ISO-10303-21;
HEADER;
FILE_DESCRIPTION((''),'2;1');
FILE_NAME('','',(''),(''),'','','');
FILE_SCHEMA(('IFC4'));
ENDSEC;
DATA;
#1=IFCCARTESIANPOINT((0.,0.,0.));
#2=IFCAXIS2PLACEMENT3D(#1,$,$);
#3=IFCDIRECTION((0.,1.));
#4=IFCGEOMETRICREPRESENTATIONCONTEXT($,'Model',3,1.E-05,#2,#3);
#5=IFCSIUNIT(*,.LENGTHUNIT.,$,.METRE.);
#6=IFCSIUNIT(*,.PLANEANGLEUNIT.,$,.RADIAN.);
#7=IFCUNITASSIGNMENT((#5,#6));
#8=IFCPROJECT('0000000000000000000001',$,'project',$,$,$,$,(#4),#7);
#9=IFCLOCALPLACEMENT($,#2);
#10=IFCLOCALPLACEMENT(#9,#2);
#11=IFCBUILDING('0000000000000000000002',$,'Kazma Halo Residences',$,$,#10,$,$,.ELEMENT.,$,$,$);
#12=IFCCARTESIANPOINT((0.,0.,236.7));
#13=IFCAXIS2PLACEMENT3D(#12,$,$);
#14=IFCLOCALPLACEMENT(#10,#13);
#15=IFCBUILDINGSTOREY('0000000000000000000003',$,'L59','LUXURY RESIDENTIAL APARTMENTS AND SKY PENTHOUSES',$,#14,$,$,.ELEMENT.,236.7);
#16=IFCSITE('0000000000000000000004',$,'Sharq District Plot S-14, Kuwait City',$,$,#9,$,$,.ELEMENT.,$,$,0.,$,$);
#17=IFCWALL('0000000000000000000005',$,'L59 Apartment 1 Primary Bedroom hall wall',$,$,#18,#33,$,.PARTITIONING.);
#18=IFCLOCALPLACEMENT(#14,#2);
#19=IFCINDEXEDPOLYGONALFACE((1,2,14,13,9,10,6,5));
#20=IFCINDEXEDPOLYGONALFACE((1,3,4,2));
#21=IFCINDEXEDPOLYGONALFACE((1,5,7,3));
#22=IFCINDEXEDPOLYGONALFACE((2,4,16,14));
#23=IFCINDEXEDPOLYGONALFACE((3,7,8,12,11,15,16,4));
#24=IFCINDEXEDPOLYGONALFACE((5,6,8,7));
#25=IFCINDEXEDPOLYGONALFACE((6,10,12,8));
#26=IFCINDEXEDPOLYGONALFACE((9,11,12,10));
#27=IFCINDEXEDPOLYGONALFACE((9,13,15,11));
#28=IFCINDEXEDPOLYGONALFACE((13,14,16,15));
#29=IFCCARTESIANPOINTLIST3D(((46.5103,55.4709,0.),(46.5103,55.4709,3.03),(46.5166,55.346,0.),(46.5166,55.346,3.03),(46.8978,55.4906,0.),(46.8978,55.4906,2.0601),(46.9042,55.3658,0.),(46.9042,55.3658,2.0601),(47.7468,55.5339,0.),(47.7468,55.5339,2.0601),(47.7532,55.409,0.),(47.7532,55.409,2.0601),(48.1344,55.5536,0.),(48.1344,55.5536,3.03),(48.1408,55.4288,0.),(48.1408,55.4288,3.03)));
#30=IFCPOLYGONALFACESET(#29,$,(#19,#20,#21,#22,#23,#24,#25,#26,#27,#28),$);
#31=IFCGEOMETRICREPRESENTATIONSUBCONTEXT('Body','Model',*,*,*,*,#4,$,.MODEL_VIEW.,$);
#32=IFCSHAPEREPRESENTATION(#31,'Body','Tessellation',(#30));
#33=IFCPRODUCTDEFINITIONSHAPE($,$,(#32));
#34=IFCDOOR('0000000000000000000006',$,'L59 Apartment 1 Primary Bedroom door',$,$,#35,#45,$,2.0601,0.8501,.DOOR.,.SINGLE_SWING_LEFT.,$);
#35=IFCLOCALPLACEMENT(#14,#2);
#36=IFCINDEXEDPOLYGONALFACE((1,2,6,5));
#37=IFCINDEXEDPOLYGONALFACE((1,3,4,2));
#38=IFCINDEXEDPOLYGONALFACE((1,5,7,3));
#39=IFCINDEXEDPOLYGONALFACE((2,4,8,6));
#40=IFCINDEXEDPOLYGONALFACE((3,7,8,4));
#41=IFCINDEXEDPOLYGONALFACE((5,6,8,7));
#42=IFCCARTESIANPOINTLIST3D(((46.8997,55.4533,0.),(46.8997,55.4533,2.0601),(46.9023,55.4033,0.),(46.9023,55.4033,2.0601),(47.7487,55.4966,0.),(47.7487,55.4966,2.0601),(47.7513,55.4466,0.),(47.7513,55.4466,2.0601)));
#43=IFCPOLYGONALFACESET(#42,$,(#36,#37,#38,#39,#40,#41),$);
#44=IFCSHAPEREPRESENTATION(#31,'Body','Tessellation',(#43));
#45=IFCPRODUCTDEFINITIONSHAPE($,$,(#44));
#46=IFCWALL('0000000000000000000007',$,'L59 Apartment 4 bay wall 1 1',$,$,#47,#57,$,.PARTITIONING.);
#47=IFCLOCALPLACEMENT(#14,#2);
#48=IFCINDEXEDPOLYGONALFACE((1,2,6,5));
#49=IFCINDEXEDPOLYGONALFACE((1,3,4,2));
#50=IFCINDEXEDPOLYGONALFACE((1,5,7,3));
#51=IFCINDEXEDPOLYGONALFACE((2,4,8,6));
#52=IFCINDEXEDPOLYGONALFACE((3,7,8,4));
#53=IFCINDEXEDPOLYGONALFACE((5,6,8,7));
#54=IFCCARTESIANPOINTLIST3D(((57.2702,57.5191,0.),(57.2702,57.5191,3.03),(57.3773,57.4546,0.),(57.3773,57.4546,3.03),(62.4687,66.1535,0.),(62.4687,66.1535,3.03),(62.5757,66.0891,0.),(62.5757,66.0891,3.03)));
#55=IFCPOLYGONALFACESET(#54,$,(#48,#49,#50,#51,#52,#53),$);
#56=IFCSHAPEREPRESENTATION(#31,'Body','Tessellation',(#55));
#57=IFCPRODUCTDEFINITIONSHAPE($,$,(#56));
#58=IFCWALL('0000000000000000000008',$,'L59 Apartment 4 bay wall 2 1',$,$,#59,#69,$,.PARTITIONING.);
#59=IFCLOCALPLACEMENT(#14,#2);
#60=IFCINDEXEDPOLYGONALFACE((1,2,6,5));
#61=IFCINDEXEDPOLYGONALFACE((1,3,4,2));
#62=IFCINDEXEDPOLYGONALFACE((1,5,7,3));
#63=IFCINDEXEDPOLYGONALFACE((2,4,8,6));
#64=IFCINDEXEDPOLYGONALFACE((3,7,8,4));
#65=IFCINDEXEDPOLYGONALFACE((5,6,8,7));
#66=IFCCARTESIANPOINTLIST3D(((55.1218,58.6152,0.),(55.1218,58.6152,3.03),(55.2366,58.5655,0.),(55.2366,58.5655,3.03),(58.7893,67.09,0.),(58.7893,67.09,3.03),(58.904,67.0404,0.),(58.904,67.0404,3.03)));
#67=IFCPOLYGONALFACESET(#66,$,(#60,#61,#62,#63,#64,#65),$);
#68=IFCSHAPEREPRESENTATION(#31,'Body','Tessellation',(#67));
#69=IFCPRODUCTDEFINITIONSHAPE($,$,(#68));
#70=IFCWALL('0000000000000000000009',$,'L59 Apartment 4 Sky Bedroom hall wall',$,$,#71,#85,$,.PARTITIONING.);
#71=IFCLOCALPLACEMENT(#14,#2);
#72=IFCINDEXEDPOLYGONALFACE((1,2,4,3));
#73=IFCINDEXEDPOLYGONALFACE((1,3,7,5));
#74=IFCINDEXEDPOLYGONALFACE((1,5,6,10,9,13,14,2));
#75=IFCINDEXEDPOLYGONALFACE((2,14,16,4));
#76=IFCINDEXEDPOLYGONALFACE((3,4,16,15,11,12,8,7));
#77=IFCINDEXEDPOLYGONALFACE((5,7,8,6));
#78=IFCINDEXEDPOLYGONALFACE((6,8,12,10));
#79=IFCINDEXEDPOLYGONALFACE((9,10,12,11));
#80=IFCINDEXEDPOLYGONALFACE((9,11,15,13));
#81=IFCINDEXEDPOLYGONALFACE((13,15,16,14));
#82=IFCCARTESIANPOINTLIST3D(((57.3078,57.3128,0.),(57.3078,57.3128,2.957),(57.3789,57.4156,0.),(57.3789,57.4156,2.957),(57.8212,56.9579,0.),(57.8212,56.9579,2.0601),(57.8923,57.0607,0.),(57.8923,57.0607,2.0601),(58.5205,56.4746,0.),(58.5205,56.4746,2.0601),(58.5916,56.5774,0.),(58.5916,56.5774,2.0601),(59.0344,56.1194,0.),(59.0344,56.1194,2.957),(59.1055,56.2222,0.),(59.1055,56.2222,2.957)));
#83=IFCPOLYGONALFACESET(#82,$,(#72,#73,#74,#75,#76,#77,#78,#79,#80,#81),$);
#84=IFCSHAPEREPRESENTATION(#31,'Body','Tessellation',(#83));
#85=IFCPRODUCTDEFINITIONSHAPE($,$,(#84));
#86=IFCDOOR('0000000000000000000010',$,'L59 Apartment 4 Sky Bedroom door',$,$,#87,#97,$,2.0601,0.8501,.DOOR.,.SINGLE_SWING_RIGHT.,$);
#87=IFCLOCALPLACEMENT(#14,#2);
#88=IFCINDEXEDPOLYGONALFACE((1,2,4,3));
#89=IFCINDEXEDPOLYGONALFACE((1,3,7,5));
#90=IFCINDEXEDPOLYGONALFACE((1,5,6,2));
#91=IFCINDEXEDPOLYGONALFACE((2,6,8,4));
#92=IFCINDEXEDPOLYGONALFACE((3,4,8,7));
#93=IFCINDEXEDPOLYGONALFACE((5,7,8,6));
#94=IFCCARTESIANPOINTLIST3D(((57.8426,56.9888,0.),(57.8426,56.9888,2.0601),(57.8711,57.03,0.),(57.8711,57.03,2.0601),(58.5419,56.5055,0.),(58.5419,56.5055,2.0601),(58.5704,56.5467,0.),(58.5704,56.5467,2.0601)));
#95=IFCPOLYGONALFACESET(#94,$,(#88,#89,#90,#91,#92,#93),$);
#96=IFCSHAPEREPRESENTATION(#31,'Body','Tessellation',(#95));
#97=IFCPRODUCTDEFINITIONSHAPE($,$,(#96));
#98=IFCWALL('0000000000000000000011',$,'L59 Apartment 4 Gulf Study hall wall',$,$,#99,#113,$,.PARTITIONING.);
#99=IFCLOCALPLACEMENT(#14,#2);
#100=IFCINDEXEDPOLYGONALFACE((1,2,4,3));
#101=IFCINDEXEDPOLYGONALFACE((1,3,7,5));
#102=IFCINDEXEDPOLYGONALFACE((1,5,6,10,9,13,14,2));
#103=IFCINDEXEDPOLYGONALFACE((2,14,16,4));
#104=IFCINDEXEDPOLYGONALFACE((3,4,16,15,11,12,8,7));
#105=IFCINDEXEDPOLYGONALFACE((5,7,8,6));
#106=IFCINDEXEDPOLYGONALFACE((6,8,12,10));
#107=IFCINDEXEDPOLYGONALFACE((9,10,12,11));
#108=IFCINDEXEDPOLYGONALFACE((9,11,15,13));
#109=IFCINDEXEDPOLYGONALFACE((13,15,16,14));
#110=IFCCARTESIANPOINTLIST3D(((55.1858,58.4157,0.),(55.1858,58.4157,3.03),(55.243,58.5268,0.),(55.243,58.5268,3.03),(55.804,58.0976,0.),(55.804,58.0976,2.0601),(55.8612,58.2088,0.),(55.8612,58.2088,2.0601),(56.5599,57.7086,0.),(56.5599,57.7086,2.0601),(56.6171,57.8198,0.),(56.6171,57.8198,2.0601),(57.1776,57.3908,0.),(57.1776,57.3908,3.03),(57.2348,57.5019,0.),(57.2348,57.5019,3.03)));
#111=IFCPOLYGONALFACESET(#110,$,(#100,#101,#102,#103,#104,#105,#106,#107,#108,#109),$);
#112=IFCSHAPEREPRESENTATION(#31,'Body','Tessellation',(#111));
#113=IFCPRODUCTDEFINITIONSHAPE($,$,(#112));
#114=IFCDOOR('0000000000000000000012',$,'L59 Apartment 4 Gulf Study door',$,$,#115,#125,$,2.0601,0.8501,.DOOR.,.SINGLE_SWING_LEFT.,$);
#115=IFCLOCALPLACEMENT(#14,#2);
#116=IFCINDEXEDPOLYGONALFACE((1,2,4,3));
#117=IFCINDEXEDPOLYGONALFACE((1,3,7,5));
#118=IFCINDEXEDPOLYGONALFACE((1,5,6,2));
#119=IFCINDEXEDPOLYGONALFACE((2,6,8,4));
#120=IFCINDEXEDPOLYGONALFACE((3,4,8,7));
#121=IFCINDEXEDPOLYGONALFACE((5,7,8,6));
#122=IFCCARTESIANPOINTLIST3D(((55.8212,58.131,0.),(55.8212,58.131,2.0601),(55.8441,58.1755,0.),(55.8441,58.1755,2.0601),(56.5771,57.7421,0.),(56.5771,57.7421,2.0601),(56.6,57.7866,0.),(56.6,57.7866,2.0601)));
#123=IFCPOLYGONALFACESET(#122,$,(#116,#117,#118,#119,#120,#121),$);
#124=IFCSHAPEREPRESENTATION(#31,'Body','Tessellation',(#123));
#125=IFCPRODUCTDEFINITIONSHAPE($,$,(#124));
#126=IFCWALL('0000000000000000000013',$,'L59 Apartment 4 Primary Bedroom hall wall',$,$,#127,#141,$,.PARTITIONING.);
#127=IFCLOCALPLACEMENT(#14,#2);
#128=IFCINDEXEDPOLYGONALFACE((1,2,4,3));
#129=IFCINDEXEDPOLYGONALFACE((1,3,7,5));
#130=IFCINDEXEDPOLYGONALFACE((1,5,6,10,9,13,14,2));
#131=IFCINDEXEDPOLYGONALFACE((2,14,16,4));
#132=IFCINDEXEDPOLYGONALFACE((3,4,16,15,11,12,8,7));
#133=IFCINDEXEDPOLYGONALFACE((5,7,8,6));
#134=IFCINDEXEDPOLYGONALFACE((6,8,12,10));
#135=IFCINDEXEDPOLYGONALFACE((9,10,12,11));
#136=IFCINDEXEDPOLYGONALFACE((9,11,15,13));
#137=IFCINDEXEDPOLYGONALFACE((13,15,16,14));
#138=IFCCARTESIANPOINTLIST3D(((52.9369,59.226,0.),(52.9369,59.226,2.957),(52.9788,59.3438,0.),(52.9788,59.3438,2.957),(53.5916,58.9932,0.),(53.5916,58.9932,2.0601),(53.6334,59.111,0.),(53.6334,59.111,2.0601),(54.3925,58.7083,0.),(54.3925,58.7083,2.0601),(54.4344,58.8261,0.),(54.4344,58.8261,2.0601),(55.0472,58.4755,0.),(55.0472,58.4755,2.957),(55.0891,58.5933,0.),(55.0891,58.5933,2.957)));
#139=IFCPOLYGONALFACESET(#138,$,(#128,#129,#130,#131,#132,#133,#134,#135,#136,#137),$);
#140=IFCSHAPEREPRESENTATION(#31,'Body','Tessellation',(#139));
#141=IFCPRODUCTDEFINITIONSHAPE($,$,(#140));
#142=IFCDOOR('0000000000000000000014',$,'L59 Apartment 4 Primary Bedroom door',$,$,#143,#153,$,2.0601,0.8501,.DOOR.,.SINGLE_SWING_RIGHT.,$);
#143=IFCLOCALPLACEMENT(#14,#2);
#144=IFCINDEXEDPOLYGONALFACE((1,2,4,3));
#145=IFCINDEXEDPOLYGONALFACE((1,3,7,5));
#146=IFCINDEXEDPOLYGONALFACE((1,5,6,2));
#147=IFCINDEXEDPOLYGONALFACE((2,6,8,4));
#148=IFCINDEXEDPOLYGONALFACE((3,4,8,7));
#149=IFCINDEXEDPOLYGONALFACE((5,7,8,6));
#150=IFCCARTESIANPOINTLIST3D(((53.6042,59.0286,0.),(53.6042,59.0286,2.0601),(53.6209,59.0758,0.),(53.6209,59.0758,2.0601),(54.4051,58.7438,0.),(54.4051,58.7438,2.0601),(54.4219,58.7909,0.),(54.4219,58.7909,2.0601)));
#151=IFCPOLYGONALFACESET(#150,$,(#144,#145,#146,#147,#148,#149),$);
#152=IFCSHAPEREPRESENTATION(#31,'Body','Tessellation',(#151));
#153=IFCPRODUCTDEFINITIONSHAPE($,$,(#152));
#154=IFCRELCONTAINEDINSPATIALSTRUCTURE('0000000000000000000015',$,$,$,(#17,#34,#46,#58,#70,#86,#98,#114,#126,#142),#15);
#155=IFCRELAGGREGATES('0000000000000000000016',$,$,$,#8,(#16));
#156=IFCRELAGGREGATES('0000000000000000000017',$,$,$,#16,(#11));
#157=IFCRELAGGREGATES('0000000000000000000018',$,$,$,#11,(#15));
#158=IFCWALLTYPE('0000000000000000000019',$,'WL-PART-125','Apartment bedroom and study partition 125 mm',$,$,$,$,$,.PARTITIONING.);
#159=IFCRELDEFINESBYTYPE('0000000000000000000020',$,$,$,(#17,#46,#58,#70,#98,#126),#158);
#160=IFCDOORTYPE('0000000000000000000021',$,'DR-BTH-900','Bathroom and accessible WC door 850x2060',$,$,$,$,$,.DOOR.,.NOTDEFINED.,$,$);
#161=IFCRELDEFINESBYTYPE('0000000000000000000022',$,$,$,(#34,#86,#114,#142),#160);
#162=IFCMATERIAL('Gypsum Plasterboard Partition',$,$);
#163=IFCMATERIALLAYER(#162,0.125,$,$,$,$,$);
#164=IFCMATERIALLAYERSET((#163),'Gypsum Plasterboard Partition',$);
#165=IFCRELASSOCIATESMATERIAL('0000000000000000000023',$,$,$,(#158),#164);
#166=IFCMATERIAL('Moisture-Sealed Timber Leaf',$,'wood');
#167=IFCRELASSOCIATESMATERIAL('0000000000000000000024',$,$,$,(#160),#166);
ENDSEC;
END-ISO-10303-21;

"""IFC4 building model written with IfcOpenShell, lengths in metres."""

from ifc_helpers import new_model, si_unit, direction, frame, frame_2d, origin, place, context, subcontext, project, spatial, rectangle, extrude, material, layer, layer_set, type_object, element, fill, save


model = new_model("IFC4")

# Units and contexts
model_context = context("Model", 3, precision=1e-05, world=origin(), true_north=direction((0.0, 1.0)))
body_context = subcontext(model_context, "Body", "Model", "MODEL_VIEW")
ifc_project = project(units=[si_unit("LENGTHUNIT", "METRE"), si_unit("PLANEANGLEUNIT", "RADIAN")], contexts=[model_context])

# Site, building, storey
site_placement = place(None, origin())
site = spatial("IfcSite", under=ifc_project, at=site_placement, Name="Sharq District Plot S-14, Kuwait City", CompositionType="ELEMENT", RefElevation=0.0)
building_placement = place(site_placement, origin())
building = spatial("IfcBuilding", under=site, at=building_placement, Name="Kazma Halo Residences", CompositionType="ELEMENT")
storey_placement = place(building_placement, frame((0.0, 0.0, 236.7)))
storey = spatial("IfcBuildingStorey", under=building, at=storey_placement, Name="L59", Description="LUXURY RESIDENTIAL APARTMENTS AND SKY PENTHOUSES", CompositionType="ELEMENT", Elevation=236.7)

# Shared definitions
ifc_material_1 = material(Name="Gypsum Plasterboard Partition")
ifc_layer_1 = layer(ifc_material_1, 0.125)
ifc_layer_set_1 = layer_set([ifc_layer_1], Name="Gypsum Plasterboard Partition")
wall_type_1 = type_object("IfcWallType", Name="WL-PART-125", Description="Apartment bedroom and study partition 125 mm", PredefinedType="PARTITIONING", material=ifc_layer_set_1)
ifc_material_2 = material(Name="Moisture-Sealed Timber Leaf", Category="wood")
door_type = type_object("IfcDoorType", Name="DR-BTH-900", Description="Bathroom and accessible WC door 850x2060", OperationType="NOTDEFINED", PredefinedType="DOOR", material=ifc_material_2)

# Wall, opening, door
wall_1_placement = place(storey_placement, frame((48.1375, 55.4912, 0.0), z_axis=(0.0, 0.0, 1.0), x_axis=(-0.998704, -0.050896, 0.0)))
wall_1 = element("IfcWall", 1, at=wall_1_placement, inside=storey, type_object=wall_type_1, Name="L59 Apartment 1 Primary Bedroom hall wall", PredefinedType="PARTITIONING", context=body_context, shape_type="SweptSolid", body=[
    extrude(rectangle(XDim=1.6262, YDim=0.125, at=frame_2d((0.813, 0.0))), origin(), (0.0, 0.0, 1.0), 3.03),
])
opening_1_placement = place(wall_1_placement, frame((0.3879, 0.0, 0.0)))
opening_1 = element("IfcOpeningElement", 2, at=opening_1_placement, cuts=wall_1, PredefinedType="OPENING", context=body_context, shape_type="SweptSolid", body=[
    extrude(rectangle(XDim=0.8501, YDim=2.0601, at=frame_2d((0.425, 1.03))), frame((0.0, 0.0725, 0.0), z_axis=(0.0, -1.0, 0.0), x_axis=(1.0, 0.0, 0.0)), (0.0, 0.0, 1.0), 0.145),
])
door_1_placement = place(opening_1_placement, origin())
door_1 = element("IfcDoor", 3, at=door_1_placement, inside=storey, type_object=door_type, Name="L59 Apartment 1 Primary Bedroom door", OperationType="SINGLE_SWING_LEFT", OverallHeight=2.0601, OverallWidth=0.8501, PredefinedType="DOOR", context=body_context, shape_type="SweptSolid", body=[
    extrude(rectangle(XDim=0.8501, YDim=2.0601, at=frame_2d((0.425, 1.03))), frame((0.0, 0.0249, 0.0), z_axis=(0.0, -1.0, 0.0), x_axis=(1.0, 0.0, 0.0)), (0.0, 0.0, 1.0), 0.05),
])
fill(opening_1, door_1)

# Walls
wall_2_placement = place(storey_placement, frame((57.3237, 57.4868, 0.0), z_axis=(0.0, 0.0, 1.0), x_axis=(0.515792, 0.856714, 0.0)))
element("IfcWall", 4, at=wall_2_placement, inside=storey, type_object=wall_type_1, Name="L59 Apartment 4 bay wall 1 1", PredefinedType="PARTITIONING", context=body_context, shape_type="SweptSolid", body=[
    extrude(rectangle(XDim=10.0786, YDim=0.125, at=frame_2d((5.0393, 0.0))), origin(), (0.0, 0.0, 1.0), 3.03),
])
wall_3_placement = place(storey_placement, frame((55.1792, 58.5903, 0.0), z_axis=(0.0, 0.0, 1.0), x_axis=(0.397156, 0.917751, 0.0)))
element("IfcWall", 5, at=wall_3_placement, inside=storey, type_object=wall_type_1, Name="L59 Apartment 4 bay wall 2 1", PredefinedType="PARTITIONING", context=body_context, shape_type="SweptSolid", body=[
    extrude(rectangle(XDim=9.2344, YDim=0.125, at=frame_2d((4.6172, 0.0))), origin(), (0.0, 0.0, 1.0), 3.03),
])

# Walls, openings, doors
wall_4_placement = place(storey_placement, frame((59.0698, 56.1709, 0.0), z_axis=(0.0, 0.0, 1.0), x_axis=(-0.822627, 0.568581, 0.0)))
wall_4 = element("IfcWall", 6, at=wall_4_placement, inside=storey, type_object=wall_type_1, Name="L59 Apartment 4 Sky Bedroom hall wall", PredefinedType="PARTITIONING", context=body_context, shape_type="SweptSolid", body=[
    extrude(rectangle(XDim=2.0989, YDim=0.125, at=frame_2d((1.0493, 0.0))), origin(), (0.0, 0.0, 1.0), 2.957),
])
opening_2_placement = place(wall_4_placement, frame((0.6245, 0.0, 0.0)))
opening_2 = element("IfcOpeningElement", 7, at=opening_2_placement, cuts=wall_4, PredefinedType="OPENING", context=body_context, shape_type="SweptSolid", body=[
    extrude(rectangle(XDim=0.8501, YDim=2.0601, at=frame_2d((0.425, 1.03))), frame((0.0, 0.0725, 0.0), z_axis=(0.0, -1.0, 0.0), x_axis=(1.0, 0.0, 0.0)), (0.0, 0.0, 1.0), 0.145),
])
door_2_placement = place(opening_2_placement, origin())
door_2 = element("IfcDoor", 8, at=door_2_placement, inside=storey, type_object=door_type, Name="L59 Apartment 4 Sky Bedroom door", OperationType="SINGLE_SWING_RIGHT", OverallHeight=2.0601, OverallWidth=0.8501, PredefinedType="DOOR", context=body_context, shape_type="SweptSolid", body=[
    extrude(rectangle(XDim=0.8501, YDim=2.0601, at=frame_2d((0.425, 1.03))), frame((0.0, 0.0249, 0.0), z_axis=(0.0, -1.0, 0.0), x_axis=(1.0, 0.0, 0.0)), (0.0, 0.0, 1.0), 0.05),
])
fill(opening_2, door_2)
wall_5_placement = place(storey_placement, frame((57.2063, 57.4463, 0.0), z_axis=(0.0, 0.0, 1.0), x_axis=(-0.889179, 0.45756, 0.0)))
wall_5 = element("IfcWall", 9, at=wall_5_placement, inside=storey, type_object=wall_type_1, Name="L59 Apartment 4 Gulf Study hall wall", PredefinedType="PARTITIONING", context=body_context, shape_type="SweptSolid", body=[
    extrude(rectangle(XDim=2.24, YDim=0.125, at=frame_2d((1.1201, 0.0))), origin(), (0.0, 0.0, 1.0), 3.03),
])
opening_3_placement = place(wall_5_placement, frame((0.6948, 0.0, 0.0)))
opening_3 = element("IfcOpeningElement", 10, at=opening_3_placement, cuts=wall_5, PredefinedType="OPENING", context=body_context, shape_type="SweptSolid", body=[
    extrude(rectangle(XDim=0.8501, YDim=2.0601, at=frame_2d((0.425, 1.03))), frame((0.0, 0.0725, 0.0), z_axis=(0.0, -1.0, 0.0), x_axis=(1.0, 0.0, 0.0)), (0.0, 0.0, 1.0), 0.145),
])
door_3_placement = place(opening_3_placement, origin())
door_3 = element("IfcDoor", 11, at=door_3_placement, inside=storey, type_object=door_type, Name="L59 Apartment 4 Gulf Study door", OperationType="SINGLE_SWING_LEFT", OverallHeight=2.0601, OverallWidth=0.8501, PredefinedType="DOOR", context=body_context, shape_type="SweptSolid", body=[
    extrude(rectangle(XDim=0.8501, YDim=2.0601, at=frame_2d((0.425, 1.03))), frame((0.0, 0.0249, 0.0), z_axis=(0.0, -1.0, 0.0), x_axis=(1.0, 0.0, 0.0)), (0.0, 0.0, 1.0), 0.05),
])
fill(opening_3, door_3)
wall_6_placement = place(storey_placement, frame((55.0681, 58.5344, 0.0), z_axis=(0.0, 0.0, 1.0), x_axis=(-0.942195, 0.335066, 0.0)))
wall_6 = element("IfcWall", 12, at=wall_6_placement, inside=storey, type_object=wall_type_1, Name="L59 Apartment 4 Primary Bedroom hall wall", PredefinedType="PARTITIONING", context=body_context, shape_type="SweptSolid", body=[
    extrude(rectangle(XDim=2.2397, YDim=0.125, at=frame_2d((1.1199, 0.0))), origin(), (0.0, 0.0, 1.0), 2.957),
])
opening_4_placement = place(wall_6_placement, frame((0.6948, 0.0, 0.0)))
opening_4 = element("IfcOpeningElement", 13, at=opening_4_placement, cuts=wall_6, PredefinedType="OPENING", context=body_context, shape_type="SweptSolid", body=[
    extrude(rectangle(XDim=0.8501, YDim=2.0601, at=frame_2d((0.425, 1.03))), frame((0.0, 0.0725, 0.0), z_axis=(0.0, -1.0, 0.0), x_axis=(1.0, 0.0, 0.0)), (0.0, 0.0, 1.0), 0.145),
])
door_4_placement = place(opening_4_placement, origin())
door_4 = element("IfcDoor", 14, at=door_4_placement, inside=storey, type_object=door_type, Name="L59 Apartment 4 Primary Bedroom door", OperationType="SINGLE_SWING_RIGHT", OverallHeight=2.0601, OverallWidth=0.8501, PredefinedType="DOOR", context=body_context, shape_type="SweptSolid", body=[
    extrude(rectangle(XDim=0.8501, YDim=2.0601, at=frame_2d((0.425, 1.03))), frame((0.0, 0.0249, 0.0), z_axis=(0.0, -1.0, 0.0), x_axis=(1.0, 0.0, 0.0)), (0.0, 0.0, 1.0), 0.05),
])
fill(opening_4, door_4)

save(model, "model.ifc")
